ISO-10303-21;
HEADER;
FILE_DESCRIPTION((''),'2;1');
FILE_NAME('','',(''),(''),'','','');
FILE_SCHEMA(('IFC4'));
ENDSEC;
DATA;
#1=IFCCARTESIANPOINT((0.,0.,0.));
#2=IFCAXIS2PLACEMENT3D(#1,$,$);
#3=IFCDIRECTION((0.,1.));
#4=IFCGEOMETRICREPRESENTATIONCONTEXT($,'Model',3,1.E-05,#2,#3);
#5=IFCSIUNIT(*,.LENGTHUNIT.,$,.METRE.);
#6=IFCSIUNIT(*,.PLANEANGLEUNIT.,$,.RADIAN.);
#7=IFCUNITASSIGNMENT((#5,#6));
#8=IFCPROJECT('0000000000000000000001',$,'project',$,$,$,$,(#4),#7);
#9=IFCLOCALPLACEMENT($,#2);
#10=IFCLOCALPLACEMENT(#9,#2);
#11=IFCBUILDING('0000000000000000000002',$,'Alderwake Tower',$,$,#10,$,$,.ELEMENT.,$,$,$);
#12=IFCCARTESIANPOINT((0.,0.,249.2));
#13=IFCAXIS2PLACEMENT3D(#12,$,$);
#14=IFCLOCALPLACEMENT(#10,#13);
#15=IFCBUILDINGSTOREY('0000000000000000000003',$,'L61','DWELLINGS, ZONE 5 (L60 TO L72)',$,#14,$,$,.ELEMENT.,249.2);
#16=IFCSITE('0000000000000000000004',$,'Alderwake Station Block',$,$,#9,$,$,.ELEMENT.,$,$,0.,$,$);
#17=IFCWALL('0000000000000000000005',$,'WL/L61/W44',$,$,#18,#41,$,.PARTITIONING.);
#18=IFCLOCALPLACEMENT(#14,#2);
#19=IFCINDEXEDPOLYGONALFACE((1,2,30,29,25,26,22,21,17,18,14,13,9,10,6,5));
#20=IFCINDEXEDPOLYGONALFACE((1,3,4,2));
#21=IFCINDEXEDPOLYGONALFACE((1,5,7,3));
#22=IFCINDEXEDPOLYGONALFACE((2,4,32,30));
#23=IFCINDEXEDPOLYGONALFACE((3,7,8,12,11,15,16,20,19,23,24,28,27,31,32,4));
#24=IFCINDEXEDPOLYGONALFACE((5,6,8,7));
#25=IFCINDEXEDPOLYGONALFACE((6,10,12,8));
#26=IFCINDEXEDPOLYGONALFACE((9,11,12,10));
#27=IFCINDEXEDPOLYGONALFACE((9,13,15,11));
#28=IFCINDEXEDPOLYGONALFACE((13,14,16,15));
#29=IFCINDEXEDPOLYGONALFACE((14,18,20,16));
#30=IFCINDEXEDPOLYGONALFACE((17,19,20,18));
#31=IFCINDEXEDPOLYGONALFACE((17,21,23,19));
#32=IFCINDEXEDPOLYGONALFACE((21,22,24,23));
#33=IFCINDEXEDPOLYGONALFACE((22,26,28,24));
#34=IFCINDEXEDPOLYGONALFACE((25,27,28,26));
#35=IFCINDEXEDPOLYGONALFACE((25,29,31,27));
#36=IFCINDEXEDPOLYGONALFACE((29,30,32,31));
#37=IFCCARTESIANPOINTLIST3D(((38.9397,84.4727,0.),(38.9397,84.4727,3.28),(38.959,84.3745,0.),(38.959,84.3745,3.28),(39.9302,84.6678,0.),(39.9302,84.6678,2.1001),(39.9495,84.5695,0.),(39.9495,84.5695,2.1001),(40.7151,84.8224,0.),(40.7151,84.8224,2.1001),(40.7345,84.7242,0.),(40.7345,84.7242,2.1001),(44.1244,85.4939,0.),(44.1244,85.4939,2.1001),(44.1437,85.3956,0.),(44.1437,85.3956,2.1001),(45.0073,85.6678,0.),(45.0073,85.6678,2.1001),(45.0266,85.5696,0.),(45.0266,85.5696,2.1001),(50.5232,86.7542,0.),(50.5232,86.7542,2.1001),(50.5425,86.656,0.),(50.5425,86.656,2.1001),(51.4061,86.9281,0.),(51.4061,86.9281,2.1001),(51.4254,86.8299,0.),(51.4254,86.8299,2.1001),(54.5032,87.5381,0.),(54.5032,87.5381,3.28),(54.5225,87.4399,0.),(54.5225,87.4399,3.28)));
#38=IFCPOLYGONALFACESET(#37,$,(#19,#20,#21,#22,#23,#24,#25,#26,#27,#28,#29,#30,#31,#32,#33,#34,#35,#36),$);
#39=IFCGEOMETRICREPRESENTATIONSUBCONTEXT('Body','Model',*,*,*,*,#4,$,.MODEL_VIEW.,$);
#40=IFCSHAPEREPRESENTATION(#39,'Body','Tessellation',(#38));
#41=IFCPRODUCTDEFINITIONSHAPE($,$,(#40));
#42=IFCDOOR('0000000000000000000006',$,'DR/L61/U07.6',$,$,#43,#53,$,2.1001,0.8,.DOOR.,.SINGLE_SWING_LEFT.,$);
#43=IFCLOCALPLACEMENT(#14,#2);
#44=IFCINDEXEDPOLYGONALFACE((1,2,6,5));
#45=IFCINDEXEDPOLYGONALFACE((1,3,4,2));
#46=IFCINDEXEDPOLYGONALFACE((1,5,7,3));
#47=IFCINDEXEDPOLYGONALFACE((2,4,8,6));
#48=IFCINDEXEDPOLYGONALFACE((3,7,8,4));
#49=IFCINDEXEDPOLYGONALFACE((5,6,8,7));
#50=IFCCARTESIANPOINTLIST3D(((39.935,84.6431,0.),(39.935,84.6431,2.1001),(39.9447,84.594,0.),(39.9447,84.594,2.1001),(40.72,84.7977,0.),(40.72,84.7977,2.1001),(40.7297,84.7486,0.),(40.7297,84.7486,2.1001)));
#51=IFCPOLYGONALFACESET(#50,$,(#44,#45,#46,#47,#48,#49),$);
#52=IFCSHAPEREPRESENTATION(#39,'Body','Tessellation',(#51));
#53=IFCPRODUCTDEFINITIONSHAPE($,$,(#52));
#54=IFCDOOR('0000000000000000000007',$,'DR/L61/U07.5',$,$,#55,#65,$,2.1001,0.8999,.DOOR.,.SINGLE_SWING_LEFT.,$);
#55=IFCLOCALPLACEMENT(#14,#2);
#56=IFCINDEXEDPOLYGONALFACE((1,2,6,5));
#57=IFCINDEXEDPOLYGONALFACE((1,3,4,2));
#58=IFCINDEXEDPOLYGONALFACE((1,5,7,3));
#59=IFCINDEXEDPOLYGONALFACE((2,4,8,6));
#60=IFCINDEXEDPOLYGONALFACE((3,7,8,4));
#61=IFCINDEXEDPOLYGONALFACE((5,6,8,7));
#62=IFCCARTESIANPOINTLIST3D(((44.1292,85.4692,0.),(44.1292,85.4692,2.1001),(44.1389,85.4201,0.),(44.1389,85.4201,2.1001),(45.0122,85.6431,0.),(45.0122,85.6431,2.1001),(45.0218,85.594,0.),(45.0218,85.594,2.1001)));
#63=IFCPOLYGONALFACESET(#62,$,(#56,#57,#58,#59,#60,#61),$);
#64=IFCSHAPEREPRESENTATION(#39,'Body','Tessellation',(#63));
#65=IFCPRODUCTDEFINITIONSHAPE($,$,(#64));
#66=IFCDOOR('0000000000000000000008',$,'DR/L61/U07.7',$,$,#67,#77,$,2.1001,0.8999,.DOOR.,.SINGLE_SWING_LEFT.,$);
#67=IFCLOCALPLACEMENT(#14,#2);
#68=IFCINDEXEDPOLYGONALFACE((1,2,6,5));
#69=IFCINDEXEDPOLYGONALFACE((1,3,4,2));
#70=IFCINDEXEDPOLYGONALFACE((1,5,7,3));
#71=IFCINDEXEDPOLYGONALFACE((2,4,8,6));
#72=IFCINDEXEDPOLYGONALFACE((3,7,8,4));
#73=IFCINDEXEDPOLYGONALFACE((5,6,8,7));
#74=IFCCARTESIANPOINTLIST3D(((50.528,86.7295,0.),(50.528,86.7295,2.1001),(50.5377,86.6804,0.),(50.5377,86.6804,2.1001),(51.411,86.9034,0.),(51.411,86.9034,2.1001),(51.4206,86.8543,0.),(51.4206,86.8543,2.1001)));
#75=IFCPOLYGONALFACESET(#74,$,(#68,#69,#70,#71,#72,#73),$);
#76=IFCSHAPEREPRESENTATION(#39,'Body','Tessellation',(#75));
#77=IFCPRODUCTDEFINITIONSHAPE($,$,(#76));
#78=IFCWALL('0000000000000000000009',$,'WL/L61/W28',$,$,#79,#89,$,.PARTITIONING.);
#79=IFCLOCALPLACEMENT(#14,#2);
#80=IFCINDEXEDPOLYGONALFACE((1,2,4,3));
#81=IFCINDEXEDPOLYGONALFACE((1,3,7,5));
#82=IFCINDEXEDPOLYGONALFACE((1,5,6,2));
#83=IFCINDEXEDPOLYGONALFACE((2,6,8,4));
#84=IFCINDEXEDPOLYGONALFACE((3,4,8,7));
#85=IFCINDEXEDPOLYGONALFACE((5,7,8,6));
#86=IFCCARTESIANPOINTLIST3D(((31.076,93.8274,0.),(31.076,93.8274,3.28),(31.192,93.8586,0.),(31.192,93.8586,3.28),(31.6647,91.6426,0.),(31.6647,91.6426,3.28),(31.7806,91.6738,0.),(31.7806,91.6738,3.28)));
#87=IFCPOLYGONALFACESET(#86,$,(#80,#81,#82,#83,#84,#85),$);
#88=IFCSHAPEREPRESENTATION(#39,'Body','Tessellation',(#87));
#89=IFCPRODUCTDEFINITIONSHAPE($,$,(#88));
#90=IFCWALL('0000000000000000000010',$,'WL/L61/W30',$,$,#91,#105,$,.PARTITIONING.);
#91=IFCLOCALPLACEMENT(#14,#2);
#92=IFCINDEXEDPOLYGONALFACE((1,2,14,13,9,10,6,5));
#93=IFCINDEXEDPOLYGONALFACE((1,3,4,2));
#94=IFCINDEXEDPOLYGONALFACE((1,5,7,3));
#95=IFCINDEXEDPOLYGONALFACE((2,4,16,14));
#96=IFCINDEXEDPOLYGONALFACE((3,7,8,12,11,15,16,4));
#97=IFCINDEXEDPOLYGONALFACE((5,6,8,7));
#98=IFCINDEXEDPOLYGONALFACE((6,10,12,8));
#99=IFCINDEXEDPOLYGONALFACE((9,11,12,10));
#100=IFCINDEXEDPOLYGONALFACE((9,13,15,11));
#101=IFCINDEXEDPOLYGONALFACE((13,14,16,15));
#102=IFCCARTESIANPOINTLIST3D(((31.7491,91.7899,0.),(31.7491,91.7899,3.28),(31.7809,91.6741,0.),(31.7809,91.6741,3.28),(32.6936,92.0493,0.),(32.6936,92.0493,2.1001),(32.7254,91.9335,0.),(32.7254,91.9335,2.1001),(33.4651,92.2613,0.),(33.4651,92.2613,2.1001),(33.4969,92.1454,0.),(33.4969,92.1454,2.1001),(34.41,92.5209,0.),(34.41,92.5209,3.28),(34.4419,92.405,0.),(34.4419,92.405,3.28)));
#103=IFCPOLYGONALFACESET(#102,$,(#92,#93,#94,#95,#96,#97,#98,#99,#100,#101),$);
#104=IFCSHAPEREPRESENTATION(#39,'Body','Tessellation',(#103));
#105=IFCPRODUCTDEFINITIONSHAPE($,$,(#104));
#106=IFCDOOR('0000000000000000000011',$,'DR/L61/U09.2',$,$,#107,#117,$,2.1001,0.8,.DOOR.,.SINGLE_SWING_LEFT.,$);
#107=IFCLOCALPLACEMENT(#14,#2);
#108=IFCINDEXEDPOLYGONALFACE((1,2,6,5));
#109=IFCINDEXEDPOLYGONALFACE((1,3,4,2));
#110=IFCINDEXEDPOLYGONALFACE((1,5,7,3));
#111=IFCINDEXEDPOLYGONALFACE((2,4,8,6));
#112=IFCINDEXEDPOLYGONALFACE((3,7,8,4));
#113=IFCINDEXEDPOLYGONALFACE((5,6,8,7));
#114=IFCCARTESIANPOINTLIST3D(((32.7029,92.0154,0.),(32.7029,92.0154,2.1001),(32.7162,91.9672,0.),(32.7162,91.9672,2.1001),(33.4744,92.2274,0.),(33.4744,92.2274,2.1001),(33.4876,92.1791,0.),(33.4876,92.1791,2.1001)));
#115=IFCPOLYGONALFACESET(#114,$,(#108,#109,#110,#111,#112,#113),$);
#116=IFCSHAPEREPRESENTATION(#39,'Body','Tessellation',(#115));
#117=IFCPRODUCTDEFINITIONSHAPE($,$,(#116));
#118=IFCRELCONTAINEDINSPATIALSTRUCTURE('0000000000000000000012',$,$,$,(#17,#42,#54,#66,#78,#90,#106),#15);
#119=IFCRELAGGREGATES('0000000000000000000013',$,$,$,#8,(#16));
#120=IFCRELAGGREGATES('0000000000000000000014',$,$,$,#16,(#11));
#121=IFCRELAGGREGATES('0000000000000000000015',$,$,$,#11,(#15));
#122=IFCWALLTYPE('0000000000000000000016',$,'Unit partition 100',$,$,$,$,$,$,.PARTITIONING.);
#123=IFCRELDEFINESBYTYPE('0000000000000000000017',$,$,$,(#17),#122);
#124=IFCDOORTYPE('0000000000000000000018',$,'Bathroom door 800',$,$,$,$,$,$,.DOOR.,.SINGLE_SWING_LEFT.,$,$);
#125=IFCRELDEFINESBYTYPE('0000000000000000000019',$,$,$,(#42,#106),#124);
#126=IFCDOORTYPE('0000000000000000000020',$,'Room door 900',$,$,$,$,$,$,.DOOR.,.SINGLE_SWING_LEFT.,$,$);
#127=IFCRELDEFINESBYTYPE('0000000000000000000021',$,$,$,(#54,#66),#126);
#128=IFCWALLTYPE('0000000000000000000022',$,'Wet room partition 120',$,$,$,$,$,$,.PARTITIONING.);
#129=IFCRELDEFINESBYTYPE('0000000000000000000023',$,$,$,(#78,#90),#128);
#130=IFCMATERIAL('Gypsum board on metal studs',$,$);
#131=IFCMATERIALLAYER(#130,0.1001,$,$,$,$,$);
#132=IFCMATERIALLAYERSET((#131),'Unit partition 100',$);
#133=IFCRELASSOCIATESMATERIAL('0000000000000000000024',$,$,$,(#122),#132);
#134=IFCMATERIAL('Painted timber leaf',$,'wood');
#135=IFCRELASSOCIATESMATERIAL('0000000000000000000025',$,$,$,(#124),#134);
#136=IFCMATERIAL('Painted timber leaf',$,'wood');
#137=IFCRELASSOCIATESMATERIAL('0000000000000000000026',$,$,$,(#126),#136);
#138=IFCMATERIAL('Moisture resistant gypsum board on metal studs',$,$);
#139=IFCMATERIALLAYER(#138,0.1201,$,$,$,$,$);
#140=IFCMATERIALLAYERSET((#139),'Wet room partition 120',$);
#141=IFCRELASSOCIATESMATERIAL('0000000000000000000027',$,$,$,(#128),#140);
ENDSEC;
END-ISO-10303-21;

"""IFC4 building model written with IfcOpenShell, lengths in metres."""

from ifc_helpers import new_model, si_unit, direction, frame, frame_2d, origin, place, context, subcontext, project, spatial, rectangle, extrude, material, layer, layer_set, type_object, element, fill, save


model = new_model("IFC4")

# Units and contexts
model_context = context("Model", 3, precision=1e-05, world=origin(), true_north=direction((0.0, 1.0)))
body_context = subcontext(model_context, "Body", "Model", "MODEL_VIEW")
ifc_project = project(units=[si_unit("LENGTHUNIT", "METRE"), si_unit("PLANEANGLEUNIT", "RADIAN")], contexts=[model_context])

# Site, building, storey
site_placement = place(None, origin())
site = spatial("IfcSite", under=ifc_project, at=site_placement, Name="Alderwake Station Block", CompositionType="ELEMENT", RefElevation=0.0)
building_placement = place(site_placement, origin())
building = spatial("IfcBuilding", under=site, at=building_placement, Name="Alderwake Tower", CompositionType="ELEMENT")
storey_placement = place(building_placement, frame((0.0, 0.0, 249.2)))
storey = spatial("IfcBuildingStorey", under=building, at=storey_placement, Name="L61", Description="DWELLINGS, ZONE 5 (L60 TO L72)", CompositionType="ELEMENT", Elevation=249.2)

# Wall, openings, doors
ifc_material_1 = material(Name="Gypsum board on metal studs")
ifc_layer_1 = layer(ifc_material_1, 0.1001)
ifc_layer_set_1 = layer_set([ifc_layer_1], Name="Unit partition 100")
wall_type_1 = type_object("IfcWallType", Name="Unit partition 100", PredefinedType="PARTITIONING", material=ifc_layer_set_1)
wall_1_placement = place(storey_placement, frame((38.9495, 84.4236, 0.0), z_axis=(0.0, 0.0, 1.0), x_axis=(0.98115, 0.19325, 0.0)))
wall_1 = element("IfcWall", 1, at=wall_1_placement, inside=storey, type_object=wall_type_1, Name="WL/L61/W44", PredefinedType="PARTITIONING", context=body_context, shape_type="SweptSolid", body=[
    extrude(rectangle(XDim=15.8625, YDim=0.1001, at=frame_2d((7.9312, 0.0))), origin(), (0.0, 0.0, 1.0), 3.28),
])
opening_1_placement = place(wall_1_placement, frame((5.2842, 0.0, 0.0)))
opening_1 = element("IfcOpeningElement", 2, at=opening_1_placement, cuts=wall_1, PredefinedType="OPENING", context=body_context, shape_type="SweptSolid", body=[
    extrude(rectangle(XDim=0.8999, YDim=2.1001, at=frame_2d((0.45, 1.05))), frame((0.0, 0.0601, 0.0), z_axis=(0.0, -1.0, 0.0), x_axis=(1.0, 0.0, 0.0)), (0.0, 0.0, 1.0), 0.1201),
])
opening_2_placement = place(wall_1_placement, frame((1.0095, 0.0, 0.0)))
opening_2 = element("IfcOpeningElement", 3, at=opening_2_placement, cuts=wall_1, PredefinedType="OPENING", context=body_context, shape_type="SweptSolid", body=[
    extrude(rectangle(XDim=0.8, YDim=2.1001, at=frame_2d((0.3999, 1.05))), frame((0.0, 0.0601, 0.0), z_axis=(0.0, -1.0, 0.0), x_axis=(1.0, 0.0, 0.0)), (0.0, 0.0, 1.0), 0.1201),
])
opening_3_placement = place(wall_1_placement, frame((11.8059, 0.0, 0.0)))
opening_3 = element("IfcOpeningElement", 4, at=opening_3_placement, cuts=wall_1, PredefinedType="OPENING", context=body_context, shape_type="SweptSolid", body=[
    extrude(rectangle(XDim=0.8999, YDim=2.1001, at=frame_2d((0.45, 1.05))), frame((0.0, 0.0601, 0.0), z_axis=(0.0, -1.0, 0.0), x_axis=(1.0, 0.0, 0.0)), (0.0, 0.0, 1.0), 0.1201),
])
ifc_material_2 = material(Name="Painted timber leaf", Category="wood")
door_type_1 = type_object("IfcDoorType", Name="Bathroom door 800", OperationType="SINGLE_SWING_LEFT", PredefinedType="DOOR", material=ifc_material_2)
door_1_placement = place(opening_2_placement, origin())
door_1 = element("IfcDoor", 5, at=door_1_placement, inside=storey, type_object=door_type_1, Name="DR/L61/U07.6", OperationType="SINGLE_SWING_LEFT", OverallHeight=2.1001, OverallWidth=0.8, PredefinedType="DOOR", context=body_context, shape_type="SweptSolid", body=[
    extrude(rectangle(XDim=0.8, YDim=2.1001, at=frame_2d((0.3999, 1.05))), frame((0.0, 0.0249, 0.0), z_axis=(0.0, -1.0, 0.0), x_axis=(1.0, 0.0, 0.0)), (0.0, 0.0, 1.0), 0.05),
])
fill(opening_2, door_1)
ifc_material_3 = material(Name="Painted timber leaf", Category="wood")
door_type_2 = type_object("IfcDoorType", Name="Room door 900", OperationType="SINGLE_SWING_LEFT", PredefinedType="DOOR", material=ifc_material_3)
door_2_placement = place(opening_1_placement, origin())
door_2 = element("IfcDoor", 6, at=door_2_placement, inside=storey, type_object=door_type_2, Name="DR/L61/U07.5", OperationType="SINGLE_SWING_LEFT", OverallHeight=2.1001, OverallWidth=0.8999, PredefinedType="DOOR", context=body_context, shape_type="SweptSolid", body=[
    extrude(rectangle(XDim=0.8999, YDim=2.1001, at=frame_2d((0.45, 1.05))), frame((0.0, 0.0249, 0.0), z_axis=(0.0, -1.0, 0.0), x_axis=(1.0, 0.0, 0.0)), (0.0, 0.0, 1.0), 0.05),
])
fill(opening_1, door_2)
door_3_placement = place(opening_3_placement, origin())
door_3 = element("IfcDoor", 7, at=door_3_placement, inside=storey, type_object=door_type_2, Name="DR/L61/U07.7", OperationType="SINGLE_SWING_LEFT", OverallHeight=2.1001, OverallWidth=0.8999, PredefinedType="DOOR", context=body_context, shape_type="SweptSolid", body=[
    extrude(rectangle(XDim=0.8999, YDim=2.1001, at=frame_2d((0.45, 1.05))), frame((0.0, 0.0249, 0.0), z_axis=(0.0, -1.0, 0.0), x_axis=(1.0, 0.0, 0.0)), (0.0, 0.0, 1.0), 0.05),
])
fill(opening_3, door_3)

# Wall
ifc_material_4 = material(Name="Moisture resistant gypsum board on metal studs")
ifc_layer_2 = layer(ifc_material_4, 0.1201)
ifc_layer_set_2 = layer_set([ifc_layer_2], Name="Wet room partition 120")
wall_type_2 = type_object("IfcWallType", Name="Wet room partition 120", PredefinedType="PARTITIONING", material=ifc_layer_set_2)
wall_2_placement = place(storey_placement, frame((31.134, 93.843, 0.0), z_axis=(0.0, 0.0, 1.0), x_axis=(0.26014, -0.965571, 0.0)))
element("IfcWall", 8, at=wall_2_placement, inside=storey, type_object=wall_type_2, Name="WL/L61/W28", PredefinedType="PARTITIONING", context=body_context, shape_type="SweptSolid", body=[
    extrude(rectangle(XDim=2.2627, YDim=0.1201, at=frame_2d((1.1313, 0.0))), origin(), (0.0, 0.0, 1.0), 3.28),
])

# Wall, opening, door
wall_3_placement = place(storey_placement, frame((31.7649, 91.7319, 0.0), z_axis=(0.0, 0.0, 1.0), x_axis=(0.964278, 0.264891, 0.0)))
wall_3 = element("IfcWall", 9, at=wall_3_placement, inside=storey, type_object=wall_type_2, Name="WL/L61/W30", PredefinedType="PARTITIONING", context=body_context, shape_type="SweptSolid", body=[
    extrude(rectangle(XDim=2.7595, YDim=0.1201, at=frame_2d((1.3799, 0.0))), origin(), (0.0, 0.0, 1.0), 3.28),
])
opening_4_placement = place(wall_3_placement, frame((0.9797, 0.0, 0.0)))
opening_4 = element("IfcOpeningElement", 10, at=opening_4_placement, cuts=wall_3, PredefinedType="OPENING", context=body_context, shape_type="SweptSolid", body=[
    extrude(rectangle(XDim=0.8, YDim=2.1001, at=frame_2d((0.3999, 1.05))), frame((0.0, 0.0701, 0.0), z_axis=(0.0, -1.0, 0.0), x_axis=(1.0, 0.0, 0.0)), (0.0, 0.0, 1.0), 0.1401),
])
door_4_placement = place(opening_4_placement, origin())
door_4 = element("IfcDoor", 11, at=door_4_placement, inside=storey, type_object=door_type_1, Name="DR/L61/U09.2", OperationType="SINGLE_SWING_LEFT", OverallHeight=2.1001, OverallWidth=0.8, PredefinedType="DOOR", context=body_context, shape_type="SweptSolid", body=[
    extrude(rectangle(XDim=0.8, YDim=2.1001, at=frame_2d((0.3999, 1.05))), frame((0.0, 0.0249, 0.0), z_axis=(0.0, -1.0, 0.0), x_axis=(1.0, 0.0, 0.0)), (0.0, 0.0, 1.0), 0.05),
])
fill(opening_4, door_4)

save(model, "model.ifc")
